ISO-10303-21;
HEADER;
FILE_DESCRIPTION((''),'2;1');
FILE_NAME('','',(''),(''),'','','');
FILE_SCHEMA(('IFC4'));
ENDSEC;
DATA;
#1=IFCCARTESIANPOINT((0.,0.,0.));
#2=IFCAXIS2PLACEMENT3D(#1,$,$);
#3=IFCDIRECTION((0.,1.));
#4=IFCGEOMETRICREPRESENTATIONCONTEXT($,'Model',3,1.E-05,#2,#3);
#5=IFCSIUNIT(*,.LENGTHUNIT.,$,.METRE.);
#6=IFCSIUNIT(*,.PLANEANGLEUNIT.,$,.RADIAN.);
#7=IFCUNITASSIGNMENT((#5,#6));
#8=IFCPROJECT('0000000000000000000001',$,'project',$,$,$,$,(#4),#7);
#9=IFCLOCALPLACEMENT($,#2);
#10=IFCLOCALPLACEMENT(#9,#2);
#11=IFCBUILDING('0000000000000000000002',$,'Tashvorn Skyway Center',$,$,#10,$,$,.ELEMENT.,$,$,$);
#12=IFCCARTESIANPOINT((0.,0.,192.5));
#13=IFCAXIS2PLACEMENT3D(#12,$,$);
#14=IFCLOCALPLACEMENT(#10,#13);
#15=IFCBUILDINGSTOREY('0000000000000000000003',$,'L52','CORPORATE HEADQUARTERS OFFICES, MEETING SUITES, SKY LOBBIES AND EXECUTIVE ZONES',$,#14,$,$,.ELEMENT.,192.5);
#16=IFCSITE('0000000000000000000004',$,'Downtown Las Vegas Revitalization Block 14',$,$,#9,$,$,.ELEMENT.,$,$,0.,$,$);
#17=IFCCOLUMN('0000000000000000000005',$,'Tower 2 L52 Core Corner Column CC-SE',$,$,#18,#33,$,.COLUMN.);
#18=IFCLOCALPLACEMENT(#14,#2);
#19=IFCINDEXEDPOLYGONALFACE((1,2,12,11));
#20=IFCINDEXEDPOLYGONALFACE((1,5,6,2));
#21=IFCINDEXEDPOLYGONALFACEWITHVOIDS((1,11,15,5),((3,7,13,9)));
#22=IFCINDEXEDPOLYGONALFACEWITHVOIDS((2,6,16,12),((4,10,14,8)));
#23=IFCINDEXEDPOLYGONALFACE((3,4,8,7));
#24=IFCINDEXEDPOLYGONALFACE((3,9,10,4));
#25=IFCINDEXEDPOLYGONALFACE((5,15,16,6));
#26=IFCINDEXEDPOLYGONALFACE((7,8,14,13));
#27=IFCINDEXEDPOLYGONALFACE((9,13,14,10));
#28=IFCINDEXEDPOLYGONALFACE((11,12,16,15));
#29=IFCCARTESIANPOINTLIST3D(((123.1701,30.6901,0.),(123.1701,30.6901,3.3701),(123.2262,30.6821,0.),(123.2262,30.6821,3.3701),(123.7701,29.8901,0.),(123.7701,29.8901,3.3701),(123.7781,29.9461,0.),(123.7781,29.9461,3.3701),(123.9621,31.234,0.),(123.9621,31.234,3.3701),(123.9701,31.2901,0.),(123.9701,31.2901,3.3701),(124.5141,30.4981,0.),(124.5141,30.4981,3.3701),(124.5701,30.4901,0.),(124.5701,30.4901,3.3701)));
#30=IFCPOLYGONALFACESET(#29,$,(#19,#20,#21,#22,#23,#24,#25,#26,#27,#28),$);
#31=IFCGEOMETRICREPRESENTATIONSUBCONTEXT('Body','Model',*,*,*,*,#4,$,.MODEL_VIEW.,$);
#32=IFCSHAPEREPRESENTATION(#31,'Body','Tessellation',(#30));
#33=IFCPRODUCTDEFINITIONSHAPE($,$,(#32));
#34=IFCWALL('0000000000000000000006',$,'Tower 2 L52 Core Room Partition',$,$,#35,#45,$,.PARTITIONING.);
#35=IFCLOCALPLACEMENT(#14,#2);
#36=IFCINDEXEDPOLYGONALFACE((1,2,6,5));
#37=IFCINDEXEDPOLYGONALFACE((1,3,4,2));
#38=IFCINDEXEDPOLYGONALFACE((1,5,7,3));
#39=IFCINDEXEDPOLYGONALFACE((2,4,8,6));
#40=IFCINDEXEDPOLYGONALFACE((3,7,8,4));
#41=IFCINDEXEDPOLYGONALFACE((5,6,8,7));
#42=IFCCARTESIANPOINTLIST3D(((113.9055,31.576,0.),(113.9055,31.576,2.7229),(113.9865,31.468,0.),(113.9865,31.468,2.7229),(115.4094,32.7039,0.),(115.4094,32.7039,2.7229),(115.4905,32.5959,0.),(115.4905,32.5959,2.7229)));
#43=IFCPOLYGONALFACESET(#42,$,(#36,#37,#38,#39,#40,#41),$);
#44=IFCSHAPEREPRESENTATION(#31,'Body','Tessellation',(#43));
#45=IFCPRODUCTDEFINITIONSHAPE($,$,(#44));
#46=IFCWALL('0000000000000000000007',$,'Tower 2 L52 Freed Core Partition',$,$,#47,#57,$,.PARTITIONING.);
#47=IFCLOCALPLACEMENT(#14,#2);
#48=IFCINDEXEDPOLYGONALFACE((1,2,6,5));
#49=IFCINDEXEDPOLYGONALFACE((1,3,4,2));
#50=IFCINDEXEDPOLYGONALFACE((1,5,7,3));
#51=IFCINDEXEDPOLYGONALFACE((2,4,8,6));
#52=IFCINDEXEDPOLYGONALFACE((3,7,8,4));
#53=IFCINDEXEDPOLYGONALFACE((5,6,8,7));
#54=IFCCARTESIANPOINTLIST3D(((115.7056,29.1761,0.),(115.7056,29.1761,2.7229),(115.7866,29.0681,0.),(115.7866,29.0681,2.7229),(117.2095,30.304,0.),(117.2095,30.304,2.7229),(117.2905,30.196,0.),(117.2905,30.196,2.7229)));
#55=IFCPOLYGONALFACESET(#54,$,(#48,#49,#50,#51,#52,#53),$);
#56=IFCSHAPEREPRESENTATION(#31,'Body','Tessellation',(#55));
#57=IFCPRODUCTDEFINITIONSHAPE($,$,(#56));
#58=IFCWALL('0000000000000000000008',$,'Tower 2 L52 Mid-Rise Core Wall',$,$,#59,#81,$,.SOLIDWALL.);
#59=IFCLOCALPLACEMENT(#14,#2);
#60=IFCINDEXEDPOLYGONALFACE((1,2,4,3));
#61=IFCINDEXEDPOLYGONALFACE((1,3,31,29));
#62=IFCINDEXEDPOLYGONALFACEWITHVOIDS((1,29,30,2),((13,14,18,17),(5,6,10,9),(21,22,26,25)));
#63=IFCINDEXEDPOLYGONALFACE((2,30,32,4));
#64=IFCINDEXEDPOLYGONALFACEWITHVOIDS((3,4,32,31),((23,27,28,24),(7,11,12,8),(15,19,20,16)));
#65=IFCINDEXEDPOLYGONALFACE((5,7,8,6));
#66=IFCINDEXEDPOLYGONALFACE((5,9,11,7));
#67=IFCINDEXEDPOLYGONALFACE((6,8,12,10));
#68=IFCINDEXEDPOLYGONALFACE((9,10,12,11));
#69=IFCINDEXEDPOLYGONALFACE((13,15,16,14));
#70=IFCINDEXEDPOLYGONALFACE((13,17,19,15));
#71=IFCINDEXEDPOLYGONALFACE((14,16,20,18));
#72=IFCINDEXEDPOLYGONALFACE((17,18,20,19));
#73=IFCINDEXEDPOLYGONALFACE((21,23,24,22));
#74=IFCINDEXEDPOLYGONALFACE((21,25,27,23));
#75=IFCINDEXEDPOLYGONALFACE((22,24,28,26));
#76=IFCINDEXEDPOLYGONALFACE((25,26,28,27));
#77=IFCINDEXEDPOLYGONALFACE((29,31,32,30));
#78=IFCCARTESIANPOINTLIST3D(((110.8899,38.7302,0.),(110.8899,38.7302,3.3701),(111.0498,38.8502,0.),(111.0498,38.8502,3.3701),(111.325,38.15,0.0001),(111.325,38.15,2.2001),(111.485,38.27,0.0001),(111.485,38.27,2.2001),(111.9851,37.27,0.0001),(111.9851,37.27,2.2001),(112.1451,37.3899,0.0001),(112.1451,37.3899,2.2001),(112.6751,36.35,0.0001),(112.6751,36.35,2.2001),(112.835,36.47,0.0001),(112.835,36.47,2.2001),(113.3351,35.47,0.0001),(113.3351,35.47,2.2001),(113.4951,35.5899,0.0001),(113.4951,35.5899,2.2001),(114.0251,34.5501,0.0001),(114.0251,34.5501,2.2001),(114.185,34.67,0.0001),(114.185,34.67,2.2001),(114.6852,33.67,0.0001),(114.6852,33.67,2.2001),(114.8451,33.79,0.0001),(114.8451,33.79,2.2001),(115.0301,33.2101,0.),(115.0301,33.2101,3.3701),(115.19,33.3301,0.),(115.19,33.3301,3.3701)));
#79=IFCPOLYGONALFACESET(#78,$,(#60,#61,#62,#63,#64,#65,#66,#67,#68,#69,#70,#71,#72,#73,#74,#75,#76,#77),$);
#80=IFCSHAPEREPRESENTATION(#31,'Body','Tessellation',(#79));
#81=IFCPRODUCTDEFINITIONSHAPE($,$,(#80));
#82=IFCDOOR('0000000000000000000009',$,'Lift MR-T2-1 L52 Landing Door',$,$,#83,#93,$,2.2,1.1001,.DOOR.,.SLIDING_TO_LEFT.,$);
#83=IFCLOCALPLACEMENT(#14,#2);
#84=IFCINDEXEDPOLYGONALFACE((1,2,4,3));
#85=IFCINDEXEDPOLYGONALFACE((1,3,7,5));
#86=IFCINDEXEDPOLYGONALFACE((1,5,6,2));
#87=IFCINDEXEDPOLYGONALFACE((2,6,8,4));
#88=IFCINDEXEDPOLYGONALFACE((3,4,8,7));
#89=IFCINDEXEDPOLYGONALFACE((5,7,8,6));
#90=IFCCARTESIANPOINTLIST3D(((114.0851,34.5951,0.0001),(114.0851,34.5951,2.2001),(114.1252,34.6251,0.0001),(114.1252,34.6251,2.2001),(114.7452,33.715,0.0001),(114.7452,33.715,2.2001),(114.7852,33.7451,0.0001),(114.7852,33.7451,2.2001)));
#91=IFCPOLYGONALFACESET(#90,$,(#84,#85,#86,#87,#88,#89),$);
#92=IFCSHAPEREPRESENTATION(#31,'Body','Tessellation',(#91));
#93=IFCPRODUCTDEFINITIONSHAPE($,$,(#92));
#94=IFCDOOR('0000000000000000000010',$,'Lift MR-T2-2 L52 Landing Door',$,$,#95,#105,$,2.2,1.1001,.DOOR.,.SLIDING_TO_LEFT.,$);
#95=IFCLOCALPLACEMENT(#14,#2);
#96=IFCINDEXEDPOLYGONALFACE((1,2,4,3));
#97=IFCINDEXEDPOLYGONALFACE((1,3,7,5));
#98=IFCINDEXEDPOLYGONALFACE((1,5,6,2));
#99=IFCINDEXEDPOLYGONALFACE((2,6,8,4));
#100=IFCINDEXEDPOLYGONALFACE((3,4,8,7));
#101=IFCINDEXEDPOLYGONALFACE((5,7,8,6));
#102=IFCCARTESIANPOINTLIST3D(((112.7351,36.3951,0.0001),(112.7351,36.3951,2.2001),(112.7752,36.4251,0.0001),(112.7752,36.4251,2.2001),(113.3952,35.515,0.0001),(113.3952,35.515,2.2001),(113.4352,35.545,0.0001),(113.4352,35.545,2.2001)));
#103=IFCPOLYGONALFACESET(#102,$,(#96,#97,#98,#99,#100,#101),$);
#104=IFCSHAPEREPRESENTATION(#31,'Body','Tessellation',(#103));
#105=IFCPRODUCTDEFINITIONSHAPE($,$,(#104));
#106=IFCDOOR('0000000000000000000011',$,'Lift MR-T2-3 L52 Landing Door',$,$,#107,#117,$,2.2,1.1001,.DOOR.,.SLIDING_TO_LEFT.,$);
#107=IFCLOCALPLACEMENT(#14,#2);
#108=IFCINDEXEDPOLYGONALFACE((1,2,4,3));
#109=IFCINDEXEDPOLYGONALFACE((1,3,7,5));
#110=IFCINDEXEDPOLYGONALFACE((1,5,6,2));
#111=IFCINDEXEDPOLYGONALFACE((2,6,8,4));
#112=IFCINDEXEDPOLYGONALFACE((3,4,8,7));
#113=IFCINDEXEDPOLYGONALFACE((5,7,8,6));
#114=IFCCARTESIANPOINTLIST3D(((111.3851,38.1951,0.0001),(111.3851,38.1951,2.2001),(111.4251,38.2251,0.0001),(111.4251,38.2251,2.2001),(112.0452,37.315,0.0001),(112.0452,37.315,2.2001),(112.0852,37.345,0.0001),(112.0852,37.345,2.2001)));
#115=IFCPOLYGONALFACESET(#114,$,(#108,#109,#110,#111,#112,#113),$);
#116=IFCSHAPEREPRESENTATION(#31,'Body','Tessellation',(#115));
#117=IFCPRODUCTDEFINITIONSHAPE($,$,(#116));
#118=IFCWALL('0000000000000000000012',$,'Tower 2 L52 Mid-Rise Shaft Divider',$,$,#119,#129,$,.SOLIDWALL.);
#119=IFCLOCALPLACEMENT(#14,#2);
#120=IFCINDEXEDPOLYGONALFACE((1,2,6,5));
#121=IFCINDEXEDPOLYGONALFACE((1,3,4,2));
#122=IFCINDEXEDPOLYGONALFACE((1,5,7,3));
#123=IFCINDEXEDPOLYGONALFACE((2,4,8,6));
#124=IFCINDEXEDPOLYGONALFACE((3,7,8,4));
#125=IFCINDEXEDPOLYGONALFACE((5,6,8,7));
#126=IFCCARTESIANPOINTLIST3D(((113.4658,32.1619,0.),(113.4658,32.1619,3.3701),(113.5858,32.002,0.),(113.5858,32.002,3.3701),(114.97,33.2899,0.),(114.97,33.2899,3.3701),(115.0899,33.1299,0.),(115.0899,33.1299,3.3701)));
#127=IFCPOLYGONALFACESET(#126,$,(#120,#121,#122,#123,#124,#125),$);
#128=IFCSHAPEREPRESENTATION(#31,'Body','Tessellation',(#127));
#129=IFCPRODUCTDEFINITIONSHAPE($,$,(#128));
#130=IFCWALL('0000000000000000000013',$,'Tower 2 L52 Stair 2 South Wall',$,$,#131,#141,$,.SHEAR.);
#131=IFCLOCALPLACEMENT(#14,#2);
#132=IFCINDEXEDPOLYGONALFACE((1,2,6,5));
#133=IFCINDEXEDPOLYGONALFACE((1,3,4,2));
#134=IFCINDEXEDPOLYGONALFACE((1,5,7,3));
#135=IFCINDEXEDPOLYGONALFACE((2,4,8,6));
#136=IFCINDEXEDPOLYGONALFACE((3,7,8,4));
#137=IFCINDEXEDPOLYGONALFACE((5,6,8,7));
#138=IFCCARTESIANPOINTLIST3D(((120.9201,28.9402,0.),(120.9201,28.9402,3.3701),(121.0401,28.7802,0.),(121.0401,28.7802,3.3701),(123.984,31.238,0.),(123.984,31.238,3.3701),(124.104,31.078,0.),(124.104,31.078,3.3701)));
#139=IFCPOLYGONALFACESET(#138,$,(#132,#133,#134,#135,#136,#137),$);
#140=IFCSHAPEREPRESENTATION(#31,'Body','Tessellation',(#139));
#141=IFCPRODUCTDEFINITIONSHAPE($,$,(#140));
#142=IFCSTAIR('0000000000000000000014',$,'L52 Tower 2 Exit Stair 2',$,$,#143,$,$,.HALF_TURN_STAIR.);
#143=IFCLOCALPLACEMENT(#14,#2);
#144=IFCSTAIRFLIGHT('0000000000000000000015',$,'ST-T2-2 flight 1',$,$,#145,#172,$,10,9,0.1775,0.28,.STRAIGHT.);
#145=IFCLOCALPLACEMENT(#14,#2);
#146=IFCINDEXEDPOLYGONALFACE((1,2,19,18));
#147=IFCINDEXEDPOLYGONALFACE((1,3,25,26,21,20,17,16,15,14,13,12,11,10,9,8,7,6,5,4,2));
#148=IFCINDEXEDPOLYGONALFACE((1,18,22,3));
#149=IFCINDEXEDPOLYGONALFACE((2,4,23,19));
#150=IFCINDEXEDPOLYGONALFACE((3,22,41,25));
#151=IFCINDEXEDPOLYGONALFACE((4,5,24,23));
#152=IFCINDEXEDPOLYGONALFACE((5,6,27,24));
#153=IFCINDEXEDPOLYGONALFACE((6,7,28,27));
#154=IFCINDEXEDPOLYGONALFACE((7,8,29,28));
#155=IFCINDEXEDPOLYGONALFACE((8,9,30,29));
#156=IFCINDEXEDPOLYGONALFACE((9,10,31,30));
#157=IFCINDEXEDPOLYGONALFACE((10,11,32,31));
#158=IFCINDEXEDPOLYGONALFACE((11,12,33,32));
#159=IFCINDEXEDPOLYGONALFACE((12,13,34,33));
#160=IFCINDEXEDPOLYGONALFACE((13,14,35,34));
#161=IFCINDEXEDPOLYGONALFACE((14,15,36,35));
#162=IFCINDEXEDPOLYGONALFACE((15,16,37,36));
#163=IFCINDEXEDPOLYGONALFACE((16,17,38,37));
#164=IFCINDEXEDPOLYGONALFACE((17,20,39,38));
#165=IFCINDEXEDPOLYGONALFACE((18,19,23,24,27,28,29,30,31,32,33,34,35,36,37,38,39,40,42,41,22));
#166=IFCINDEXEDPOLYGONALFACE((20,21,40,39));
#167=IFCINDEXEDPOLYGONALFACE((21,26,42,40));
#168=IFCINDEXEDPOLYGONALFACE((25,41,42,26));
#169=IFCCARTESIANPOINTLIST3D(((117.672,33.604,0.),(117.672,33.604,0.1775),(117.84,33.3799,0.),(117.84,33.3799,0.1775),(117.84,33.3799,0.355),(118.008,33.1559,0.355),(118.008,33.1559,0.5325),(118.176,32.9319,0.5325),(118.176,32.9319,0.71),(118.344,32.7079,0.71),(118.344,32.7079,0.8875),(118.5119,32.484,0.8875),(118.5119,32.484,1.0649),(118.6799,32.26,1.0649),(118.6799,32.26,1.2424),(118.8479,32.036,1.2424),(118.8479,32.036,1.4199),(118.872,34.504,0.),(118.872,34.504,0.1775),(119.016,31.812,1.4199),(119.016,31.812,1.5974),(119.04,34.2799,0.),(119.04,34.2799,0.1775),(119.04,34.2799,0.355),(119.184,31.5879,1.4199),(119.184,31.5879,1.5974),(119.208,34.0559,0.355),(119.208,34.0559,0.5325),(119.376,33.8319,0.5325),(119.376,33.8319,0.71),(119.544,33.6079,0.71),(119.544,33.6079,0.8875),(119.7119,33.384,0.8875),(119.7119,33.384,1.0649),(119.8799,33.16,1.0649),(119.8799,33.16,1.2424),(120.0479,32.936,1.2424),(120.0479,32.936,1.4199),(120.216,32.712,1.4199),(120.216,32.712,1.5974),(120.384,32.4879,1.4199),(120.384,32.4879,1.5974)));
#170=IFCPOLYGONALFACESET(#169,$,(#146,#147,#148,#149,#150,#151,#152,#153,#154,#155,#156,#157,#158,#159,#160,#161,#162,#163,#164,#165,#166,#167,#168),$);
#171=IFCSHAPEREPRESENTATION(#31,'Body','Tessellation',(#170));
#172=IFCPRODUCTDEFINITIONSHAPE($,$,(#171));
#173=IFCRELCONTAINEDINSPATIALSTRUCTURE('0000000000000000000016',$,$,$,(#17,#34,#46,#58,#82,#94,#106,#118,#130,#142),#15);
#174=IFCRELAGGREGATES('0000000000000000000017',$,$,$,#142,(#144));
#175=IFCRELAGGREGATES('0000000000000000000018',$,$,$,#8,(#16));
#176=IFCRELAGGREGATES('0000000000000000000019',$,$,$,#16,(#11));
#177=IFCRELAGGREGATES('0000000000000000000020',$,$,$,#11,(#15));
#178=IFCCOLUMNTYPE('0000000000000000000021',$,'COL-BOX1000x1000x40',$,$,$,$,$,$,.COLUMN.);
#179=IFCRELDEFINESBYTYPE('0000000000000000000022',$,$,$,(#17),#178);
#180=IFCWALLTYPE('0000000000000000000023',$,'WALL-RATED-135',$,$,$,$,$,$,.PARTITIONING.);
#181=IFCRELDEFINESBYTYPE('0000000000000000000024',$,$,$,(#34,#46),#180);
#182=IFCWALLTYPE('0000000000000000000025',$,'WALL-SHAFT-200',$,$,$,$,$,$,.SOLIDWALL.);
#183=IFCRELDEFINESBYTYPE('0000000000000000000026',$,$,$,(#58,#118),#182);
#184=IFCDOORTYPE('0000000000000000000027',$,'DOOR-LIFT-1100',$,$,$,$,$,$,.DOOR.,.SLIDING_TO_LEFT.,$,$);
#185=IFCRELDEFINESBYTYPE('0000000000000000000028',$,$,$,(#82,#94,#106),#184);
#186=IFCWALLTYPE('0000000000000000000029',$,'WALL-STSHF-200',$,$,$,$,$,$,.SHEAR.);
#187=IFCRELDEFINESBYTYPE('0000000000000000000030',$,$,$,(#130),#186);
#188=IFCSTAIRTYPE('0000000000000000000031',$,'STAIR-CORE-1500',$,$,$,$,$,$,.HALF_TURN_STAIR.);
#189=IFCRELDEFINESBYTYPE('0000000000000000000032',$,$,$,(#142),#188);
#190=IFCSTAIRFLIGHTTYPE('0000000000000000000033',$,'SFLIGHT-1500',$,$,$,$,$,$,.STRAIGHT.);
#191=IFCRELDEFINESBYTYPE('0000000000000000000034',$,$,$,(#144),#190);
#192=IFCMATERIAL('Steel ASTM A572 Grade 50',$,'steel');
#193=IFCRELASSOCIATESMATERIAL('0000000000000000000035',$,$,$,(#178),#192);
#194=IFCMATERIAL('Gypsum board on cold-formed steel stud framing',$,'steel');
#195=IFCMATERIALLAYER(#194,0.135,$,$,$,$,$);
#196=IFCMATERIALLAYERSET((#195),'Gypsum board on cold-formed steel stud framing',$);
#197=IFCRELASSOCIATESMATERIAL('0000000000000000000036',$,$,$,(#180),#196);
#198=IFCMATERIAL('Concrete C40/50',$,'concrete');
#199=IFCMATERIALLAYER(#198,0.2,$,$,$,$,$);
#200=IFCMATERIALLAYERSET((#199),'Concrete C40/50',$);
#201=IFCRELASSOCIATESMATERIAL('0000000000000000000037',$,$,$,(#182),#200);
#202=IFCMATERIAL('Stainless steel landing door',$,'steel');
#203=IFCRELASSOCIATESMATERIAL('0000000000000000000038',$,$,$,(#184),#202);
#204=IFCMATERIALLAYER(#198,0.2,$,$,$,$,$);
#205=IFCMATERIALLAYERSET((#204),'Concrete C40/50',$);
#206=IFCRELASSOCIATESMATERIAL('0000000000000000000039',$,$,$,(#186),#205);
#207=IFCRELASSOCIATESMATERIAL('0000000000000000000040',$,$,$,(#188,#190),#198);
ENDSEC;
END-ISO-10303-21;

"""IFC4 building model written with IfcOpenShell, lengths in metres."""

from ifc_helpers import new_model, si_unit, direction, frame, frame_2d, origin, origin_2d, place, context, subcontext, project, spatial, polyline, rectangle, hollow_rectangle, outline, extrude, material, layer, layer_set, material_profile, profile_set, type_object, element, fill, aggregate, save


model = new_model("IFC4")

# Units and contexts
model_context = context("Model", 3, precision=1e-05, world=origin(), true_north=direction((0.0, 1.0)))
body_context = subcontext(model_context, "Body", "Model", "MODEL_VIEW")
ifc_project = project(units=[si_unit("LENGTHUNIT", "METRE"), si_unit("PLANEANGLEUNIT", "RADIAN")], contexts=[model_context])

# Site, building, storey
site_placement = place(None, origin())
site = spatial("IfcSite", under=ifc_project, at=site_placement, Name="Downtown Las Vegas Revitalization Block 14", CompositionType="ELEMENT", RefElevation=0.0)
building_placement = place(site_placement, origin())
building = spatial("IfcBuilding", under=site, at=building_placement, Name="Tashvorn Skyway Center", CompositionType="ELEMENT")
storey_placement = place(building_placement, frame((0.0, 0.0, 192.5)))
storey = spatial("IfcBuildingStorey", under=building, at=storey_placement, Name="L52", Description="CORPORATE HEADQUARTERS OFFICES, MEETING SUITES, SKY LOBBIES AND EXECUTIVE ZONES", CompositionType="ELEMENT", Elevation=192.5)

# Column
ifc_material_1 = material(Name="Steel ASTM A572 Grade 50", Category="steel")
ifc_material_profile = material_profile(ifc_material_1, hollow_rectangle(XDim=1.0, YDim=1.0, WallThickness=0.04, at=origin_2d()), Name="BOX1000x1000x40")
ifc_profile_set = profile_set([ifc_material_profile], Name="Steel ASTM A572 Grade 50")
column_type = type_object("IfcColumnType", Name="COL-BOX1000x1000x40", PredefinedType="COLUMN", material=ifc_profile_set)
column_placement = place(storey_placement, frame((123.8701, 30.5901, 0.0), z_axis=(0.0, 0.0, 1.0), x_axis=(0.8, 0.6, 0.0)))
element("IfcColumn", 1, at=column_placement, inside=storey, type_object=column_type, Name="Tower 2 L52 Core Corner Column CC-SE", PredefinedType="COLUMN", context=body_context, shape_type="SweptSolid", body=[
    extrude(hollow_rectangle(XDim=1.0, YDim=1.0, WallThickness=0.04, at=origin_2d()), origin(), (0.0, 0.0, 1.0), 3.3701),
])

# Walls
ifc_material_2 = material(Name="Gypsum board on cold-formed steel stud framing", Category="steel")
ifc_layer_1 = layer(ifc_material_2, 0.135)
ifc_layer_set_1 = layer_set([ifc_layer_1], Name="Gypsum board on cold-formed steel stud framing")
wall_type_1 = type_object("IfcWallType", Name="WALL-RATED-135", PredefinedType="PARTITIONING", material=ifc_layer_set_1)
for number, where, z_axis, x_axis, name in (
    (2, (113.946, 31.522, 0.0), (0.0, 0.0, 1.0), (0.8, 0.6, 0.0), "Tower 2 L52 Core Room Partition"),
    (3, (115.7461, 29.1221, 0.0), (0.0, 0.0, 1.0), (0.8, 0.6, 0.0), "Tower 2 L52 Freed Core Partition"),
):
    element("IfcWall", number, at=place(storey_placement, frame(where, z_axis=z_axis, x_axis=x_axis)), inside=storey, type_object=wall_type_1, Name=name, PredefinedType="PARTITIONING", context=body_context, shape_type="SweptSolid", body=[
        extrude(rectangle(XDim=1.8799, YDim=0.135, at=frame_2d((0.9399, 0.0))), origin(), (0.0, 0.0, 1.0), 2.7229),
    ])

# Wall, openings, doors
ifc_material_3 = material(Name="Concrete C40/50", Category="concrete")
ifc_layer_2 = layer(ifc_material_3, 0.2)
ifc_layer_set_2 = layer_set([ifc_layer_2], Name="Concrete C40/50")
wall_type_2 = type_object("IfcWallType", Name="WALL-SHAFT-200", PredefinedType="SOLIDWALL", material=ifc_layer_set_2)
wall_1_placement = place(storey_placement, frame((115.1101, 33.27, 0.0), z_axis=(0.0, 0.0, 1.0), x_axis=(-0.600011, 0.799992, 0.0)))
wall_1 = element("IfcWall", 4, at=wall_1_placement, inside=storey, type_object=wall_type_2, Name="Tower 2 L52 Mid-Rise Core Wall", PredefinedType="SOLIDWALL", context=body_context, shape_type="SweptSolid", body=[
    extrude(rectangle(XDim=6.9001, YDim=0.2, at=frame_2d((3.4502, 0.0))), origin(), (0.0, 0.0, 1.0), 3.3701),
])
opening_1_placement = place(wall_1_placement, frame((0.575, 0.0, 0.0)))
opening_1 = element("IfcOpeningElement", 5, at=opening_1_placement, cuts=wall_1, PredefinedType="OPENING", context=body_context, shape_type="SweptSolid", body=[
    extrude(rectangle(XDim=1.1001, YDim=2.2, at=frame_2d((0.55, 1.1001))), frame((0.0, 0.1099, 0.0), z_axis=(0.0, -1.0, 0.0), x_axis=(1.0, 0.0, 0.0)), (0.0, 0.0, 1.0), 0.22),
])
opening_2_placement = place(wall_1_placement, frame((2.825, 0.0, 0.0)))
opening_2 = element("IfcOpeningElement", 6, at=opening_2_placement, cuts=wall_1, PredefinedType="OPENING", context=body_context, shape_type="SweptSolid", body=[
    extrude(rectangle(XDim=1.1001, YDim=2.2, at=frame_2d((0.55, 1.1001))), frame((0.0, 0.1099, 0.0), z_axis=(0.0, -1.0, 0.0), x_axis=(1.0, 0.0, 0.0)), (0.0, 0.0, 1.0), 0.22),
])
opening_3_placement = place(wall_1_placement, frame((5.075, 0.0, 0.0)))
opening_3 = element("IfcOpeningElement", 7, at=opening_3_placement, cuts=wall_1, PredefinedType="OPENING", context=body_context, shape_type="SweptSolid", body=[
    extrude(rectangle(XDim=1.1001, YDim=2.2, at=frame_2d((0.55, 1.1001))), frame((0.0, 0.1099, 0.0), z_axis=(0.0, -1.0, 0.0), x_axis=(1.0, 0.0, 0.0)), (0.0, 0.0, 1.0), 0.22),
])
ifc_material_4 = material(Name="Stainless steel landing door", Category="steel")
door_type = type_object("IfcDoorType", Name="DOOR-LIFT-1100", OperationType="SLIDING_TO_LEFT", PredefinedType="DOOR", material=ifc_material_4)
door_1_placement = place(opening_1_placement, origin())
door_1 = element("IfcDoor", 8, at=door_1_placement, inside=storey, type_object=door_type, Name="Lift MR-T2-1 L52 Landing Door", OperationType="SLIDING_TO_LEFT", OverallHeight=2.2, OverallWidth=1.1001, PredefinedType="DOOR", context=body_context, shape_type="SweptSolid", body=[
    extrude(rectangle(XDim=1.1001, YDim=2.2, at=frame_2d((0.55, 1.1001))), frame((0.0, 0.0249, 0.0), z_axis=(0.0, -1.0, 0.0), x_axis=(1.0, 0.0, 0.0)), (0.0, 0.0, 1.0), 0.05),
])
fill(opening_1, door_1)
door_2_placement = place(opening_2_placement, origin())
door_2 = element("IfcDoor", 9, at=door_2_placement, inside=storey, type_object=door_type, Name="Lift MR-T2-2 L52 Landing Door", OperationType="SLIDING_TO_LEFT", OverallHeight=2.2, OverallWidth=1.1001, PredefinedType="DOOR", context=body_context, shape_type="SweptSolid", body=[
    extrude(rectangle(XDim=1.1001, YDim=2.2, at=frame_2d((0.55, 1.1001))), frame((0.0, 0.0249, 0.0), z_axis=(0.0, -1.0, 0.0), x_axis=(1.0, 0.0, 0.0)), (0.0, 0.0, 1.0), 0.05),
])
fill(opening_2, door_2)
door_3_placement = place(opening_3_placement, origin())
door_3 = element("IfcDoor", 10, at=door_3_placement, inside=storey, type_object=door_type, Name="Lift MR-T2-3 L52 Landing Door", OperationType="SLIDING_TO_LEFT", OverallHeight=2.2, OverallWidth=1.1001, PredefinedType="DOOR", context=body_context, shape_type="SweptSolid", body=[
    extrude(rectangle(XDim=1.1001, YDim=2.2, at=frame_2d((0.55, 1.1001))), frame((0.0, 0.0249, 0.0), z_axis=(0.0, -1.0, 0.0), x_axis=(1.0, 0.0, 0.0)), (0.0, 0.0, 1.0), 0.05),
])
fill(opening_3, door_3)

# Walls
wall_2_placement = place(storey_placement, frame((113.5259, 32.082, 0.0), z_axis=(0.0, 0.0, 1.0), x_axis=(0.800047, 0.599938, 0.0)))
element("IfcWall", 11, at=wall_2_placement, inside=storey, type_object=wall_type_2, Name="Tower 2 L52 Mid-Rise Shaft Divider", PredefinedType="SOLIDWALL", context=body_context, shape_type="SweptSolid", body=[
    extrude(rectangle(XDim=1.8801, YDim=0.2, at=frame_2d((0.9399, 0.0))), origin(), (0.0, 0.0, 1.0), 3.3701),
])
ifc_layer_3 = layer(ifc_material_3, 0.2)
ifc_layer_set_3 = layer_set([ifc_layer_3], Name="Concrete C40/50")
wall_type_3 = type_object("IfcWallType", Name="WALL-STSHF-200", PredefinedType="SHEAR", material=ifc_layer_set_3)
wall_3_placement = place(storey_placement, frame((120.98, 28.8601, 0.0), z_axis=(0.0, 0.0, 1.0), x_axis=(0.800015, 0.59998, 0.0)))
element("IfcWall", 12, at=wall_3_placement, inside=storey, type_object=wall_type_3, Name="Tower 2 L52 Stair 2 South Wall", PredefinedType="SHEAR", context=body_context, shape_type="SweptSolid", body=[
    extrude(rectangle(XDim=3.8298, YDim=0.2, at=frame_2d((1.915, 0.0))), origin(), (0.0, 0.0, 1.0), 3.3701),
])

# Stair, stair flight
stair_type = type_object("IfcStairType", Name="STAIR-CORE-1500", PredefinedType="HALF_TURN_STAIR", material=ifc_material_3)
stair_placement = place(storey_placement, origin())
stair = element("IfcStair", 13, at=stair_placement, inside=storey, type_object=stair_type, Name="L52 Tower 2 Exit Stair 2", PredefinedType="HALF_TURN_STAIR")
stair_flight_type = type_object("IfcStairFlightType", Name="SFLIGHT-1500", PredefinedType="STRAIGHT", material=ifc_material_3)
stair_flight_1_placement = place(storey_placement, frame((118.272, 34.054, 0.0), z_axis=(0.0, 0.0, 1.0), x_axis=(0.6, -0.8, 0.0)))
stair_flight_1 = element("IfcStairFlight", 14, at=stair_flight_1_placement, type_object=stair_flight_type, Name="ST-T2-2 flight 1", NumberOfRisers=10, NumberOfTreads=9, PredefinedType="STRAIGHT", RiserHeight=0.1775, TreadLength=0.28, context=body_context, shape_type="SweptSolid", body=[
    extrude(outline(polyline([(0.0, 0.0), (0.0, 0.1775), (0.28, 0.1775), (0.28, 0.355), (0.5601, 0.355), (0.5601, 0.5325), (0.8401, 0.5325), (0.8401, 0.71), (1.1201, 0.71), (1.1201, 0.8875), (1.3999, 0.8875), (1.3999, 1.0649), (1.6799, 1.0649), (1.6799, 1.2424), (1.96, 1.2424), (1.96, 1.4199), (2.24, 1.4199), (2.24, 1.5974), (2.52, 1.5974), (2.52, 1.7749), (2.52, 1.4199), (0.28, 0.0), (0.0, 0.0)])), frame((0.0, 0.75, 0.0), z_axis=(0.0, -1.0, 0.0), x_axis=(1.0, 0.0, 0.0)), (0.0, 0.0, 1.0), 1.5),
])
aggregate(stair, [stair_flight_1])

save(model, "model.ifc")
